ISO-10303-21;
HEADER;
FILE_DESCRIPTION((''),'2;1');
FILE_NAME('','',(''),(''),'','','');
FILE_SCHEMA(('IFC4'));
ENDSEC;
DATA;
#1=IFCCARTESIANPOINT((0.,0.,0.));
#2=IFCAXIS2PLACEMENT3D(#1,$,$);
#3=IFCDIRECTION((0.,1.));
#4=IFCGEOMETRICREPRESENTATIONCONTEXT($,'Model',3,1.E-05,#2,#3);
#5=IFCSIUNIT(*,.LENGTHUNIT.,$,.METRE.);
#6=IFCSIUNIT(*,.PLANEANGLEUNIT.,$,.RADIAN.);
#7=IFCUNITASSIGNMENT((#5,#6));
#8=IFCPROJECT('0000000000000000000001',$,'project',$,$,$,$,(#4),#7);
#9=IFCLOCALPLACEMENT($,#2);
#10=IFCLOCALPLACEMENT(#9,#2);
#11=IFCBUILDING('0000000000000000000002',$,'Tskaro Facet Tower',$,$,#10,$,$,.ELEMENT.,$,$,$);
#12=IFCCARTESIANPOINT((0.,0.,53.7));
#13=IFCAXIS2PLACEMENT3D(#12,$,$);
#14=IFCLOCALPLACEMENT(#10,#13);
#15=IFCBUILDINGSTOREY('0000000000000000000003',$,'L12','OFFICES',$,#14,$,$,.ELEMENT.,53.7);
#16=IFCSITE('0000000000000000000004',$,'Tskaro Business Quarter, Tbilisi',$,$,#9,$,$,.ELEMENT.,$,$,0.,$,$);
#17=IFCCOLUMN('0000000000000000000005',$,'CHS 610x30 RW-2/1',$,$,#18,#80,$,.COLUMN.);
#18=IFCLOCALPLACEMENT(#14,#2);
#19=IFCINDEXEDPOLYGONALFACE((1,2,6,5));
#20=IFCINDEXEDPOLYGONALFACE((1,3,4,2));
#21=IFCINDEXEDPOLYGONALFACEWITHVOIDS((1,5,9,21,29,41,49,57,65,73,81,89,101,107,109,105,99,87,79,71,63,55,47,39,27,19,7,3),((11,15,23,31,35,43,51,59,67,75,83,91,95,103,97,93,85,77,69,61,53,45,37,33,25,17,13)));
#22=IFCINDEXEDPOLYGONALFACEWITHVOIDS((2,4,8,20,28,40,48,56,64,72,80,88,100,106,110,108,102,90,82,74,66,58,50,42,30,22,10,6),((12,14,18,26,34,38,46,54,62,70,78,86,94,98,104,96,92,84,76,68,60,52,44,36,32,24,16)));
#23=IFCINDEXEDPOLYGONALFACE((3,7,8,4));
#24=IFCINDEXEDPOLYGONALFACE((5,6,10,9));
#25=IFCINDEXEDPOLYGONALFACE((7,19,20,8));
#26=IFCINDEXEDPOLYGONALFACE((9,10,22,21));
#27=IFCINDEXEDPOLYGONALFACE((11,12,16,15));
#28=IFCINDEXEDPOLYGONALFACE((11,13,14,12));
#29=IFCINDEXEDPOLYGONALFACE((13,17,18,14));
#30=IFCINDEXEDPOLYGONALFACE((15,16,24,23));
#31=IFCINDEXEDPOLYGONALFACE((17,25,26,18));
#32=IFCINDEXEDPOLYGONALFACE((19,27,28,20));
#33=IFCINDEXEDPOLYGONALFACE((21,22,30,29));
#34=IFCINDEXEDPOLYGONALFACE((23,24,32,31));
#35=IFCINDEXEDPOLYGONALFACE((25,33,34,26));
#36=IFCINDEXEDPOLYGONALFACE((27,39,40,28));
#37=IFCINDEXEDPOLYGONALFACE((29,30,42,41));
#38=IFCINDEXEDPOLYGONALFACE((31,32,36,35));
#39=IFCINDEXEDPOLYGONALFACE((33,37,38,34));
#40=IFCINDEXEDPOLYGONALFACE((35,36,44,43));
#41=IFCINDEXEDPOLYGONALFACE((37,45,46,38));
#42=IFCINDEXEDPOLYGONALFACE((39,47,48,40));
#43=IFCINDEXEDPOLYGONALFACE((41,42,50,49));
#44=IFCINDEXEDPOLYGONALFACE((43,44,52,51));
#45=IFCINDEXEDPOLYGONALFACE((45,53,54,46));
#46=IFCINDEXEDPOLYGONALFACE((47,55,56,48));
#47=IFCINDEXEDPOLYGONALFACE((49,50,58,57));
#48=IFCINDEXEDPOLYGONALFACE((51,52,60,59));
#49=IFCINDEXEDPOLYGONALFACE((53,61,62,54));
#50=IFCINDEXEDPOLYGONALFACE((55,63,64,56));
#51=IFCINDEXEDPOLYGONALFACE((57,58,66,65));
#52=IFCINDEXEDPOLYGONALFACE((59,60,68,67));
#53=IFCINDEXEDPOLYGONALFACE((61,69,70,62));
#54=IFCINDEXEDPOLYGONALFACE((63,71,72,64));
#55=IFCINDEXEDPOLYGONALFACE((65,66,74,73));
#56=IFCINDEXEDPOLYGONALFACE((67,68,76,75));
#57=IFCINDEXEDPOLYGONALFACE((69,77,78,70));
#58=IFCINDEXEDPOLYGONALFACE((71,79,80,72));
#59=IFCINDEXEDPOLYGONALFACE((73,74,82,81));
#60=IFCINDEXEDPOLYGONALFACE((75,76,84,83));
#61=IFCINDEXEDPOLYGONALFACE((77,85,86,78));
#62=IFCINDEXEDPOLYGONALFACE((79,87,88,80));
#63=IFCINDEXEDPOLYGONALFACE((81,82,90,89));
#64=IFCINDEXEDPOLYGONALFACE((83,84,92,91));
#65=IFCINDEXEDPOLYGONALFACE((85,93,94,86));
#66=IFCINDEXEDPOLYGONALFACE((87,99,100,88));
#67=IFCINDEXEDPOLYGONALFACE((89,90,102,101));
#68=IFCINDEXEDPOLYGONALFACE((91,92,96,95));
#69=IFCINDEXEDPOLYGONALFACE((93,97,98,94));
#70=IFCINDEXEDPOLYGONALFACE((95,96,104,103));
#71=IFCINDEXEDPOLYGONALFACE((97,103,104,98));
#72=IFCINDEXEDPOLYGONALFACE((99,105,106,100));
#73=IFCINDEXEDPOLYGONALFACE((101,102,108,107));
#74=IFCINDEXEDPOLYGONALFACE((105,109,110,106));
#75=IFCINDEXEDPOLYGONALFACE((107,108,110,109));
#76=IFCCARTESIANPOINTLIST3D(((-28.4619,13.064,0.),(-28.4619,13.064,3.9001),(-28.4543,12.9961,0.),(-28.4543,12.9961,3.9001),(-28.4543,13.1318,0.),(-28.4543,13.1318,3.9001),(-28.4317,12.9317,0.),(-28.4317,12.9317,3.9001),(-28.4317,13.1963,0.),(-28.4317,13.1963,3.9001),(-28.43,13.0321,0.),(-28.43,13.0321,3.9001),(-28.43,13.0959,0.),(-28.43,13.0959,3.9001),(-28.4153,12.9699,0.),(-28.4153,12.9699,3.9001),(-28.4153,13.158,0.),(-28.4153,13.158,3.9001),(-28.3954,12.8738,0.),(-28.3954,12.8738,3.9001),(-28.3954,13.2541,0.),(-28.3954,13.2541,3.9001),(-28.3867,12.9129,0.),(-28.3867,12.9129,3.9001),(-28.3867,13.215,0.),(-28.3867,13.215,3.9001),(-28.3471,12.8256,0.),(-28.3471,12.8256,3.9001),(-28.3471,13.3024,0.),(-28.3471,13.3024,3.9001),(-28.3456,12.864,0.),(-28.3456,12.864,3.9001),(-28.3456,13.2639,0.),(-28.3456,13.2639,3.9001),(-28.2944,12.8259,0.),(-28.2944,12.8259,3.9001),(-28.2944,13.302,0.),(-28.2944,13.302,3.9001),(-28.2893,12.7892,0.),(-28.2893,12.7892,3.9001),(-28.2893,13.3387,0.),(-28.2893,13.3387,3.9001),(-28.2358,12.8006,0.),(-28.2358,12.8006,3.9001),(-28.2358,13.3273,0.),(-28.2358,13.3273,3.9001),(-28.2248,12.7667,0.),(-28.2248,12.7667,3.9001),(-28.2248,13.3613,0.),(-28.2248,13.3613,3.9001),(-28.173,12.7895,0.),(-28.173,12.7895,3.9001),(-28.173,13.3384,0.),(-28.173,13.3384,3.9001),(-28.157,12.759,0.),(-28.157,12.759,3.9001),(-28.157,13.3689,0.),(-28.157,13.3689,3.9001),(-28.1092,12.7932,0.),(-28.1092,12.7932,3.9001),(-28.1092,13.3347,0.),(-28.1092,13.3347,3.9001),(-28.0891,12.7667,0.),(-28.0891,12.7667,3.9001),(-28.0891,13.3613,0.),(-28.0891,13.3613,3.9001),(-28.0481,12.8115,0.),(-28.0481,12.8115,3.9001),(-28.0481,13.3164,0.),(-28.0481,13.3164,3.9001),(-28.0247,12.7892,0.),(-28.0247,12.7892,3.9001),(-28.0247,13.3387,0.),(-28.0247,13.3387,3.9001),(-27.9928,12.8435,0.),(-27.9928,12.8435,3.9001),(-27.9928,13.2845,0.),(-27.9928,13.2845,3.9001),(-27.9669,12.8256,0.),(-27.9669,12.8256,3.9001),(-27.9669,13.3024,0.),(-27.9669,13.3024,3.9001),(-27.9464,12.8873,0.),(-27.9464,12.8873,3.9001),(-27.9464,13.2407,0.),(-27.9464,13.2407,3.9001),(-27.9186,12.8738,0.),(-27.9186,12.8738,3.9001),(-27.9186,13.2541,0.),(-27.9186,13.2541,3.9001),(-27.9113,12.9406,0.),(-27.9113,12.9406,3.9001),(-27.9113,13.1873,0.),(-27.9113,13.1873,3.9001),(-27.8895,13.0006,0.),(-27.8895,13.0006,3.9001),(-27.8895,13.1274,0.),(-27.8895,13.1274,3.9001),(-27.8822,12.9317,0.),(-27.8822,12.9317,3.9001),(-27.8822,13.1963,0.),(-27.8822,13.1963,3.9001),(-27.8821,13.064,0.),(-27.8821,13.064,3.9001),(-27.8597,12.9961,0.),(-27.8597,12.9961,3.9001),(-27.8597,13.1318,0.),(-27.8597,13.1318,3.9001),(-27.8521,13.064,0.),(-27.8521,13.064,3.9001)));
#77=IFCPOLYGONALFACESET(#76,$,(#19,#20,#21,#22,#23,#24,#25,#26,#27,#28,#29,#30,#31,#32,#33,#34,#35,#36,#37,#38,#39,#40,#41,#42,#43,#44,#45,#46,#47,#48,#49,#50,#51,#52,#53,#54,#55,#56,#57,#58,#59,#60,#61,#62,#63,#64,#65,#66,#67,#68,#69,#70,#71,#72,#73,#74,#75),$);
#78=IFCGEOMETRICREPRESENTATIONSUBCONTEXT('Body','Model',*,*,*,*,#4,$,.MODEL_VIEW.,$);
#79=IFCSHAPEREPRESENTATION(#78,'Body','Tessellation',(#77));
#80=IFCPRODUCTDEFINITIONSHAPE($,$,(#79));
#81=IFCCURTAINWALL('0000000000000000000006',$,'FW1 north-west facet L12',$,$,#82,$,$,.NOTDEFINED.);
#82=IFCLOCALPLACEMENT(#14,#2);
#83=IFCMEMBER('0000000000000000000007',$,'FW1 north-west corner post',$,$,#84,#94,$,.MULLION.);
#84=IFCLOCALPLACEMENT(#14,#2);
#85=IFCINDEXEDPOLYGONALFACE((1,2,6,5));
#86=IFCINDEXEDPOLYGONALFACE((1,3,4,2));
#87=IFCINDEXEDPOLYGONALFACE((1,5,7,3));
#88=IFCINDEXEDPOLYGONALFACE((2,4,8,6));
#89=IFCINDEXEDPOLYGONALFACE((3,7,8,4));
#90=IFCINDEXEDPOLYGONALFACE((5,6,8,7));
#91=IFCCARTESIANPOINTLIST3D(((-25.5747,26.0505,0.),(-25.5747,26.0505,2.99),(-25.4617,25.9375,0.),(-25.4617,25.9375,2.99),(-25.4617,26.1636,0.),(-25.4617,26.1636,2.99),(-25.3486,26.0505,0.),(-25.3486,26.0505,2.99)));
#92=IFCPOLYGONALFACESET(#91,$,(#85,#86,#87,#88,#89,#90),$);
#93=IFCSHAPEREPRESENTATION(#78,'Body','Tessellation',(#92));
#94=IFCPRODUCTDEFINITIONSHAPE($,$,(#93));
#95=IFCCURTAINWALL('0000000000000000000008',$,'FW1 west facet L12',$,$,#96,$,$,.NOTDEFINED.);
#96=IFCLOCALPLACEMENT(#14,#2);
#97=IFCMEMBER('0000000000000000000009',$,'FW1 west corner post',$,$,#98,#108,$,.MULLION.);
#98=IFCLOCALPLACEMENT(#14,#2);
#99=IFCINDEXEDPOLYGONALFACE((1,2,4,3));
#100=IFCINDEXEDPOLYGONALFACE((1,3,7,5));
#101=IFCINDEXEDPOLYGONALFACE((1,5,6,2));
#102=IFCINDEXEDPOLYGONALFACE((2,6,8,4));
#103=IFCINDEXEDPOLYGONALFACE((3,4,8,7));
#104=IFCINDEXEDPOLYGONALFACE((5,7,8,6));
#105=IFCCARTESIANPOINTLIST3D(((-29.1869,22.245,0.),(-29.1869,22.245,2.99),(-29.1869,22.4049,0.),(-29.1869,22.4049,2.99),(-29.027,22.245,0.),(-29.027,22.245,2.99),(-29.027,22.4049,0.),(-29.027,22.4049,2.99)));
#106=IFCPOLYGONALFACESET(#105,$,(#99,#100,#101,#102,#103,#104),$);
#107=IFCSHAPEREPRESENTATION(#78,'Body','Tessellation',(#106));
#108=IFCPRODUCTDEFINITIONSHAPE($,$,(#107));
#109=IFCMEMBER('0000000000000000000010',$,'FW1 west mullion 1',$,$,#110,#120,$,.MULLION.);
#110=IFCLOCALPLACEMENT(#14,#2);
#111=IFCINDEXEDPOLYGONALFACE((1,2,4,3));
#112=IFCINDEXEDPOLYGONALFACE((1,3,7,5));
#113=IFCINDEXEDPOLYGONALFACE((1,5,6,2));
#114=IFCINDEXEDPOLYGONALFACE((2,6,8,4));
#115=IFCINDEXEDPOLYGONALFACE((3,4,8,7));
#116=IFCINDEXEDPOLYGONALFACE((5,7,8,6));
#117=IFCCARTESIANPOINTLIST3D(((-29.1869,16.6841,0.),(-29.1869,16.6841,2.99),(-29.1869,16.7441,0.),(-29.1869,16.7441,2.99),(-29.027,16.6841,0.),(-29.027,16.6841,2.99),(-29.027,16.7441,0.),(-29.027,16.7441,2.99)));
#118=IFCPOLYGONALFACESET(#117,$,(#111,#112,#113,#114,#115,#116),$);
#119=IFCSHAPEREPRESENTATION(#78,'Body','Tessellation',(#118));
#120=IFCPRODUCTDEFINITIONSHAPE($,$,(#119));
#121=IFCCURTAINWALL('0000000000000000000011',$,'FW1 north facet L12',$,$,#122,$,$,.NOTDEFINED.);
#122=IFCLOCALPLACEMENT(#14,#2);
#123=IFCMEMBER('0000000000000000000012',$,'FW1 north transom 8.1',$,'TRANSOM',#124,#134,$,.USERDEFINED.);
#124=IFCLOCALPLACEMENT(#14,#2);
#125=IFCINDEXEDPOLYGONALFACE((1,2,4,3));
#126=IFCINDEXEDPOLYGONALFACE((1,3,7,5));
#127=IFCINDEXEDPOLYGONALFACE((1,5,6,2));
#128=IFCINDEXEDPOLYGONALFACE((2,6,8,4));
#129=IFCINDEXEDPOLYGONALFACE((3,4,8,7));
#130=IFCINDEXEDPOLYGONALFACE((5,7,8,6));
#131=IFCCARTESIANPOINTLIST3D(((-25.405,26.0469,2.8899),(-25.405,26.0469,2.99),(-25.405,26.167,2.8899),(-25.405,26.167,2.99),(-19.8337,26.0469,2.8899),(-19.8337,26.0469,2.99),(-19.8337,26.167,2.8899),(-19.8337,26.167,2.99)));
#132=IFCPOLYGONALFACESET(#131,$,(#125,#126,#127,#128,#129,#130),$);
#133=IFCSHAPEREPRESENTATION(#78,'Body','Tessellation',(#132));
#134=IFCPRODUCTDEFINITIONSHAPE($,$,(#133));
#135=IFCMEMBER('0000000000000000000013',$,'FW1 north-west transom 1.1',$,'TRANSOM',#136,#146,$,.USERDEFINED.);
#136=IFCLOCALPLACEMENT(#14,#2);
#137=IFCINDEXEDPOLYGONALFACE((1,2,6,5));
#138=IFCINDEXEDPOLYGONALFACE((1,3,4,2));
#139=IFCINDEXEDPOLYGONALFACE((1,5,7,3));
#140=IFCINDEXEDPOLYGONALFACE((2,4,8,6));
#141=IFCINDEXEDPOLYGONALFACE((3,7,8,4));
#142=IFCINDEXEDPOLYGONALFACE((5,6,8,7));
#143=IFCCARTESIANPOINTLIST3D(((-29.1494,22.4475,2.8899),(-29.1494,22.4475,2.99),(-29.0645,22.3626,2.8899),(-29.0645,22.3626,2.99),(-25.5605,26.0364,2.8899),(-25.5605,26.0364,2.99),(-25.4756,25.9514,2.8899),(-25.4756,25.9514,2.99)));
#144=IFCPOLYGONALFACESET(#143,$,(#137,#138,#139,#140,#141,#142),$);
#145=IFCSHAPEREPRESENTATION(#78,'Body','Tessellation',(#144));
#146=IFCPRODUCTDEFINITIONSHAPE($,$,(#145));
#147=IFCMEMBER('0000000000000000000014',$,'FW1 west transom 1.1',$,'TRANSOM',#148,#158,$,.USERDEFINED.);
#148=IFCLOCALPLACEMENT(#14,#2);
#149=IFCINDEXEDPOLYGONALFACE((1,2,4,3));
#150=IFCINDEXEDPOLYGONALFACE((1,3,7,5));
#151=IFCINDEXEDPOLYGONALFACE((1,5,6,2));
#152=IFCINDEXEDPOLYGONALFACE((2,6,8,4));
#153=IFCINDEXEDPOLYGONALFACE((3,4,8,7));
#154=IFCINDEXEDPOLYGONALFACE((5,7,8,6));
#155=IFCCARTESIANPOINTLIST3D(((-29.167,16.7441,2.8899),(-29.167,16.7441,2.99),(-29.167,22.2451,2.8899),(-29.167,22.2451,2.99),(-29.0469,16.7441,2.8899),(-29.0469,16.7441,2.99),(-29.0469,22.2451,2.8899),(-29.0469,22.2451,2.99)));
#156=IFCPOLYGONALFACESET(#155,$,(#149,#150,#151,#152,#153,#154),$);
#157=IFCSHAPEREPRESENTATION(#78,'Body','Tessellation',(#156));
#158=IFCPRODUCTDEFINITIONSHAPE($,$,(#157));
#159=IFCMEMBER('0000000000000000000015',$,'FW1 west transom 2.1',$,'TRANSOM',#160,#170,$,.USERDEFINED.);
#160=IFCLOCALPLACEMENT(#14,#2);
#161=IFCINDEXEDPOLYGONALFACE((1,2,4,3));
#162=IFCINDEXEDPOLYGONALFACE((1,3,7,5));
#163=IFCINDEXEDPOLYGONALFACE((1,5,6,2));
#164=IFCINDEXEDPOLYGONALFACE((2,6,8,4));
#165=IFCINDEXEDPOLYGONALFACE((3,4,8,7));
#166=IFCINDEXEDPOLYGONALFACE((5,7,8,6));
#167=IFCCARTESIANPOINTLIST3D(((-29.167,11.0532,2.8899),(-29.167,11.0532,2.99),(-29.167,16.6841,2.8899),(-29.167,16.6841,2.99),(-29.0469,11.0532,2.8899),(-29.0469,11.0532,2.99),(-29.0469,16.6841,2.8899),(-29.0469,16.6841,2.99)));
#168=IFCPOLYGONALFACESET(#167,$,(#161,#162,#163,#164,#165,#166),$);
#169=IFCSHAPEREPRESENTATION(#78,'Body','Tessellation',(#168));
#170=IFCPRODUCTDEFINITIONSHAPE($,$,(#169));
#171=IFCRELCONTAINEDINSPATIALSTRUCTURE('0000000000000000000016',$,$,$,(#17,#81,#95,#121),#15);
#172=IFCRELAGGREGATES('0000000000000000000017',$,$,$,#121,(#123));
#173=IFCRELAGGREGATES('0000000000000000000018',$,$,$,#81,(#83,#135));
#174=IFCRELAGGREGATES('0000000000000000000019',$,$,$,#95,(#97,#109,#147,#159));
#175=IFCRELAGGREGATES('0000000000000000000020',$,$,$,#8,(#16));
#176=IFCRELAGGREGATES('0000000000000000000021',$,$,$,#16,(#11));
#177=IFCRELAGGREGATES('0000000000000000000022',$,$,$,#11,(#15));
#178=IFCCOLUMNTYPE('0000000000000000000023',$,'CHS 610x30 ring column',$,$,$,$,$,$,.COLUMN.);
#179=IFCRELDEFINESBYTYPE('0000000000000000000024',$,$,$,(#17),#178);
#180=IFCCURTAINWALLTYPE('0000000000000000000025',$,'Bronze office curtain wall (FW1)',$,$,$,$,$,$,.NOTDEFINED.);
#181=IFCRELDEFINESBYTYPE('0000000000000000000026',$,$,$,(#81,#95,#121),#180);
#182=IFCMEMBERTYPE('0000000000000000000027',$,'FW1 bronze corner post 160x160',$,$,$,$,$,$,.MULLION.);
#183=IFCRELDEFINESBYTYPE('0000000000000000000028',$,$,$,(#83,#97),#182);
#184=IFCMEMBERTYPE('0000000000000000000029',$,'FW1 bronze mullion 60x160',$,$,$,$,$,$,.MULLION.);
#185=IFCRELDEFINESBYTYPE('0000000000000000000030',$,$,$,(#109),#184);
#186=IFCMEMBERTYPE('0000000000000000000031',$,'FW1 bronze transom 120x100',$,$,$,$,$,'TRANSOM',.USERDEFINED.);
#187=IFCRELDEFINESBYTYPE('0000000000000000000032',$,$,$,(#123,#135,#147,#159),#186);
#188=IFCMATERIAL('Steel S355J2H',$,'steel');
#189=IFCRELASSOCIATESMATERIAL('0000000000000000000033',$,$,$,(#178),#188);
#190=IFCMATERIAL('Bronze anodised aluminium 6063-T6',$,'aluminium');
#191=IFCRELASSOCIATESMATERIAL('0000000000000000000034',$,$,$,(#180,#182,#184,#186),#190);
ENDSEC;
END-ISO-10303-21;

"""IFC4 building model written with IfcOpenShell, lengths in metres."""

from ifc_helpers import new_model, si_unit, direction, frame, origin, origin_2d, place, context, subcontext, project, spatial, rectangle, hollow_circle, extrude, material, material_profile, profile_set, type_object, element, aggregate, save


model = new_model("IFC4")

# Units and contexts
model_context = context("Model", 3, precision=1e-05, world=origin(), true_north=direction((0.0, 1.0)))
body_context = subcontext(model_context, "Body", "Model", "MODEL_VIEW")
ifc_project = project(units=[si_unit("LENGTHUNIT", "METRE"), si_unit("PLANEANGLEUNIT", "RADIAN")], contexts=[model_context])

# Site, building, storey
site_placement = place(None, origin())
site = spatial("IfcSite", under=ifc_project, at=site_placement, Name="Tskaro Business Quarter, Tbilisi", CompositionType="ELEMENT", RefElevation=0.0)
building_placement = place(site_placement, origin())
building = spatial("IfcBuilding", under=site, at=building_placement, Name="Tskaro Facet Tower", CompositionType="ELEMENT")
storey_placement = place(building_placement, frame((0.0, 0.0, 53.7)))
storey = spatial("IfcBuildingStorey", under=building, at=storey_placement, Name="L12", Description="OFFICES", CompositionType="ELEMENT", Elevation=53.7)

# Column
ifc_material_1 = material(Name="Steel S355J2H", Category="steel")
ifc_material_profile_1 = material_profile(ifc_material_1, hollow_circle(Radius=0.3049, WallThickness=0.03, at=origin_2d()), Name="CHS 610x30")
ifc_profile_set_1 = profile_set([ifc_material_profile_1], Name="Steel S355J2H")
column_type_1 = type_object("IfcColumnType", Name="CHS 610x30 ring column", PredefinedType="COLUMN", material=ifc_profile_set_1)
for number, where, z_axis, x_axis, name in (
    (1, (-28.157, 13.064, 0.0), (0.0, 0.0, 1.0), (1.0, 0.0, 0.0), "CHS 610x30 RW-2/1"),
):
    element("IfcColumn", number, at=place(storey_placement, frame(where, z_axis=z_axis, x_axis=x_axis)), inside=storey, type_object=column_type_1, Name=name, PredefinedType="COLUMN", context=body_context, shape_type="SweptSolid", body=[
        extrude(hollow_circle(Radius=0.3049, WallThickness=0.03, at=origin_2d()), origin(), (0.0, 0.0, 1.0), 3.9001),
    ])

# Curtain wall, member
ifc_material_2 = material(Name="Bronze anodised aluminium 6063-T6", Category="aluminium")
curtain_wall_type = type_object("IfcCurtainWallType", Name="Bronze office curtain wall (FW1)", PredefinedType="NOTDEFINED", material=ifc_material_2)
curtain_wall_1_placement = place(storey_placement, origin())
curtain_wall_1 = element("IfcCurtainWall", 2, at=curtain_wall_1_placement, inside=storey, type_object=curtain_wall_type, Name="FW1 north-west facet L12", PredefinedType="NOTDEFINED")
ifc_material_profile_2 = material_profile(ifc_material_2, rectangle(XDim=0.1599, YDim=0.1599, at=origin_2d()), Name="Corner post 160x160")
ifc_profile_set_2 = profile_set([ifc_material_profile_2], Name="Bronze anodised aluminium 6063-T6")
member_type_1 = type_object("IfcMemberType", Name="FW1 bronze corner post 160x160", PredefinedType="MULLION", material=ifc_profile_set_2)
member_1_placement = place(storey_placement, frame((-25.4617, 26.0505, 0.0), z_axis=(0.0, 0.0, 1.0), x_axis=(-0.707107, -0.707107, 0.0)))
member_1 = element("IfcMember", 3, at=member_1_placement, type_object=member_type_1, Name="FW1 north-west corner post", PredefinedType="MULLION", context=body_context, shape_type="SweptSolid", body=[
    extrude(rectangle(XDim=0.1599, YDim=0.1599, at=origin_2d()), origin(), (0.0, 0.0, 1.0), 2.99),
])

# Curtain wall, members
curtain_wall_2_placement = place(storey_placement, origin())
curtain_wall_2 = element("IfcCurtainWall", 4, at=curtain_wall_2_placement, inside=storey, type_object=curtain_wall_type, Name="FW1 west facet L12", PredefinedType="NOTDEFINED")
member_2_placement = place(storey_placement, frame((-29.1069, 22.325, 0.0), z_axis=(0.0, 0.0, 1.0), x_axis=(0.0, -1.0, 0.0)))
member_2 = element("IfcMember", 5, at=member_2_placement, type_object=member_type_1, Name="FW1 west corner post", PredefinedType="MULLION", context=body_context, shape_type="SweptSolid", body=[
    extrude(rectangle(XDim=0.1599, YDim=0.1599, at=origin_2d()), origin(), (0.0, 0.0, 1.0), 2.99),
])
ifc_material_profile_3 = material_profile(ifc_material_2, rectangle(XDim=0.0601, YDim=0.1599, at=origin_2d()), Name="Mullion 60x160")
ifc_profile_set_3 = profile_set([ifc_material_profile_3], Name="Bronze anodised aluminium 6063-T6")
member_type_2 = type_object("IfcMemberType", Name="FW1 bronze mullion 60x160", PredefinedType="MULLION", material=ifc_profile_set_3)
member_3_placement = place(storey_placement, frame((-29.1069, 16.7141, 0.0), z_axis=(0.0, 0.0, 1.0), x_axis=(0.0, -1.0, 0.0)))
member_3 = element("IfcMember", 6, at=member_3_placement, type_object=member_type_2, Name="FW1 west mullion 1", PredefinedType="MULLION", context=body_context, shape_type="SweptSolid", body=[
    extrude(rectangle(XDim=0.0601, YDim=0.1599, at=origin_2d()), origin(), (0.0, 0.0, 1.0), 2.99),
])

# Curtain wall, member
curtain_wall_3_placement = place(storey_placement, origin())
curtain_wall_3 = element("IfcCurtainWall", 7, at=curtain_wall_3_placement, inside=storey, type_object=curtain_wall_type, Name="FW1 north facet L12", PredefinedType="NOTDEFINED")
ifc_material_profile_4 = material_profile(ifc_material_2, rectangle(XDim=0.1201, YDim=0.1001, at=origin_2d()), Name="Transom 120x100")
ifc_profile_set_4 = profile_set([ifc_material_profile_4], Name="Bronze anodised aluminium 6063-T6")
member_type_3 = type_object("IfcMemberType", Name="FW1 bronze transom 120x100", ElementType="TRANSOM", PredefinedType="USERDEFINED", material=ifc_profile_set_4)
member_4_placement = place(storey_placement, frame((-19.8337, 26.1069, 2.9399), z_axis=(-1.0, 0.0, 0.0), x_axis=(0.0, -1.0, 0.0)))
member_4 = element("IfcMember", 8, at=member_4_placement, type_object=member_type_3, Name="FW1 north transom 8.1", ObjectType="TRANSOM", PredefinedType="USERDEFINED", context=body_context, shape_type="SweptSolid", body=[
    extrude(rectangle(XDim=0.1201, YDim=0.1001, at=origin_2d()), origin(), (0.0, 0.0, 1.0), 5.5713),
])

# Members
member_5_placement = place(storey_placement, frame((-25.5181, 25.9939, 2.9399), z_axis=(-0.707107, -0.707107, 0.0), x_axis=(0.707107, -0.707107, 0.0)))
member_5 = element("IfcMember", 9, at=member_5_placement, type_object=member_type_3, Name="FW1 north-west transom 1.1", ObjectType="TRANSOM", PredefinedType="USERDEFINED", context=body_context, shape_type="SweptSolid", body=[
    extrude(rectangle(XDim=0.1201, YDim=0.1001, at=origin_2d()), origin(), (0.0, 0.0, 1.0), 5.0754),
])
member_6_placement = place(storey_placement, frame((-29.1069, 22.2451, 2.9399), z_axis=(0.0, -1.0, 0.0), x_axis=(1.0, 0.0, 0.0)))
member_6 = element("IfcMember", 10, at=member_6_placement, type_object=member_type_3, Name="FW1 west transom 1.1", ObjectType="TRANSOM", PredefinedType="USERDEFINED", context=body_context, shape_type="SweptSolid", body=[
    extrude(rectangle(XDim=0.1201, YDim=0.1001, at=origin_2d()), origin(), (0.0, 0.0, 1.0), 5.501),
])
member_7_placement = place(storey_placement, frame((-29.1069, 16.6841, 2.9399), z_axis=(0.0, -1.0, 0.0), x_axis=(1.0, 0.0, 0.0)))
member_7 = element("IfcMember", 11, at=member_7_placement, type_object=member_type_3, Name="FW1 west transom 2.1", ObjectType="TRANSOM", PredefinedType="USERDEFINED", context=body_context, shape_type="SweptSolid", body=[
    extrude(rectangle(XDim=0.1201, YDim=0.1001, at=origin_2d()), origin(), (0.0, 0.0, 1.0), 5.6309),
])

aggregate(curtain_wall_3, [member_4])
aggregate(curtain_wall_1, [member_1, member_5])
aggregate(curtain_wall_2, [member_2, member_3, member_6, member_7])

save(model, "model.ifc")
